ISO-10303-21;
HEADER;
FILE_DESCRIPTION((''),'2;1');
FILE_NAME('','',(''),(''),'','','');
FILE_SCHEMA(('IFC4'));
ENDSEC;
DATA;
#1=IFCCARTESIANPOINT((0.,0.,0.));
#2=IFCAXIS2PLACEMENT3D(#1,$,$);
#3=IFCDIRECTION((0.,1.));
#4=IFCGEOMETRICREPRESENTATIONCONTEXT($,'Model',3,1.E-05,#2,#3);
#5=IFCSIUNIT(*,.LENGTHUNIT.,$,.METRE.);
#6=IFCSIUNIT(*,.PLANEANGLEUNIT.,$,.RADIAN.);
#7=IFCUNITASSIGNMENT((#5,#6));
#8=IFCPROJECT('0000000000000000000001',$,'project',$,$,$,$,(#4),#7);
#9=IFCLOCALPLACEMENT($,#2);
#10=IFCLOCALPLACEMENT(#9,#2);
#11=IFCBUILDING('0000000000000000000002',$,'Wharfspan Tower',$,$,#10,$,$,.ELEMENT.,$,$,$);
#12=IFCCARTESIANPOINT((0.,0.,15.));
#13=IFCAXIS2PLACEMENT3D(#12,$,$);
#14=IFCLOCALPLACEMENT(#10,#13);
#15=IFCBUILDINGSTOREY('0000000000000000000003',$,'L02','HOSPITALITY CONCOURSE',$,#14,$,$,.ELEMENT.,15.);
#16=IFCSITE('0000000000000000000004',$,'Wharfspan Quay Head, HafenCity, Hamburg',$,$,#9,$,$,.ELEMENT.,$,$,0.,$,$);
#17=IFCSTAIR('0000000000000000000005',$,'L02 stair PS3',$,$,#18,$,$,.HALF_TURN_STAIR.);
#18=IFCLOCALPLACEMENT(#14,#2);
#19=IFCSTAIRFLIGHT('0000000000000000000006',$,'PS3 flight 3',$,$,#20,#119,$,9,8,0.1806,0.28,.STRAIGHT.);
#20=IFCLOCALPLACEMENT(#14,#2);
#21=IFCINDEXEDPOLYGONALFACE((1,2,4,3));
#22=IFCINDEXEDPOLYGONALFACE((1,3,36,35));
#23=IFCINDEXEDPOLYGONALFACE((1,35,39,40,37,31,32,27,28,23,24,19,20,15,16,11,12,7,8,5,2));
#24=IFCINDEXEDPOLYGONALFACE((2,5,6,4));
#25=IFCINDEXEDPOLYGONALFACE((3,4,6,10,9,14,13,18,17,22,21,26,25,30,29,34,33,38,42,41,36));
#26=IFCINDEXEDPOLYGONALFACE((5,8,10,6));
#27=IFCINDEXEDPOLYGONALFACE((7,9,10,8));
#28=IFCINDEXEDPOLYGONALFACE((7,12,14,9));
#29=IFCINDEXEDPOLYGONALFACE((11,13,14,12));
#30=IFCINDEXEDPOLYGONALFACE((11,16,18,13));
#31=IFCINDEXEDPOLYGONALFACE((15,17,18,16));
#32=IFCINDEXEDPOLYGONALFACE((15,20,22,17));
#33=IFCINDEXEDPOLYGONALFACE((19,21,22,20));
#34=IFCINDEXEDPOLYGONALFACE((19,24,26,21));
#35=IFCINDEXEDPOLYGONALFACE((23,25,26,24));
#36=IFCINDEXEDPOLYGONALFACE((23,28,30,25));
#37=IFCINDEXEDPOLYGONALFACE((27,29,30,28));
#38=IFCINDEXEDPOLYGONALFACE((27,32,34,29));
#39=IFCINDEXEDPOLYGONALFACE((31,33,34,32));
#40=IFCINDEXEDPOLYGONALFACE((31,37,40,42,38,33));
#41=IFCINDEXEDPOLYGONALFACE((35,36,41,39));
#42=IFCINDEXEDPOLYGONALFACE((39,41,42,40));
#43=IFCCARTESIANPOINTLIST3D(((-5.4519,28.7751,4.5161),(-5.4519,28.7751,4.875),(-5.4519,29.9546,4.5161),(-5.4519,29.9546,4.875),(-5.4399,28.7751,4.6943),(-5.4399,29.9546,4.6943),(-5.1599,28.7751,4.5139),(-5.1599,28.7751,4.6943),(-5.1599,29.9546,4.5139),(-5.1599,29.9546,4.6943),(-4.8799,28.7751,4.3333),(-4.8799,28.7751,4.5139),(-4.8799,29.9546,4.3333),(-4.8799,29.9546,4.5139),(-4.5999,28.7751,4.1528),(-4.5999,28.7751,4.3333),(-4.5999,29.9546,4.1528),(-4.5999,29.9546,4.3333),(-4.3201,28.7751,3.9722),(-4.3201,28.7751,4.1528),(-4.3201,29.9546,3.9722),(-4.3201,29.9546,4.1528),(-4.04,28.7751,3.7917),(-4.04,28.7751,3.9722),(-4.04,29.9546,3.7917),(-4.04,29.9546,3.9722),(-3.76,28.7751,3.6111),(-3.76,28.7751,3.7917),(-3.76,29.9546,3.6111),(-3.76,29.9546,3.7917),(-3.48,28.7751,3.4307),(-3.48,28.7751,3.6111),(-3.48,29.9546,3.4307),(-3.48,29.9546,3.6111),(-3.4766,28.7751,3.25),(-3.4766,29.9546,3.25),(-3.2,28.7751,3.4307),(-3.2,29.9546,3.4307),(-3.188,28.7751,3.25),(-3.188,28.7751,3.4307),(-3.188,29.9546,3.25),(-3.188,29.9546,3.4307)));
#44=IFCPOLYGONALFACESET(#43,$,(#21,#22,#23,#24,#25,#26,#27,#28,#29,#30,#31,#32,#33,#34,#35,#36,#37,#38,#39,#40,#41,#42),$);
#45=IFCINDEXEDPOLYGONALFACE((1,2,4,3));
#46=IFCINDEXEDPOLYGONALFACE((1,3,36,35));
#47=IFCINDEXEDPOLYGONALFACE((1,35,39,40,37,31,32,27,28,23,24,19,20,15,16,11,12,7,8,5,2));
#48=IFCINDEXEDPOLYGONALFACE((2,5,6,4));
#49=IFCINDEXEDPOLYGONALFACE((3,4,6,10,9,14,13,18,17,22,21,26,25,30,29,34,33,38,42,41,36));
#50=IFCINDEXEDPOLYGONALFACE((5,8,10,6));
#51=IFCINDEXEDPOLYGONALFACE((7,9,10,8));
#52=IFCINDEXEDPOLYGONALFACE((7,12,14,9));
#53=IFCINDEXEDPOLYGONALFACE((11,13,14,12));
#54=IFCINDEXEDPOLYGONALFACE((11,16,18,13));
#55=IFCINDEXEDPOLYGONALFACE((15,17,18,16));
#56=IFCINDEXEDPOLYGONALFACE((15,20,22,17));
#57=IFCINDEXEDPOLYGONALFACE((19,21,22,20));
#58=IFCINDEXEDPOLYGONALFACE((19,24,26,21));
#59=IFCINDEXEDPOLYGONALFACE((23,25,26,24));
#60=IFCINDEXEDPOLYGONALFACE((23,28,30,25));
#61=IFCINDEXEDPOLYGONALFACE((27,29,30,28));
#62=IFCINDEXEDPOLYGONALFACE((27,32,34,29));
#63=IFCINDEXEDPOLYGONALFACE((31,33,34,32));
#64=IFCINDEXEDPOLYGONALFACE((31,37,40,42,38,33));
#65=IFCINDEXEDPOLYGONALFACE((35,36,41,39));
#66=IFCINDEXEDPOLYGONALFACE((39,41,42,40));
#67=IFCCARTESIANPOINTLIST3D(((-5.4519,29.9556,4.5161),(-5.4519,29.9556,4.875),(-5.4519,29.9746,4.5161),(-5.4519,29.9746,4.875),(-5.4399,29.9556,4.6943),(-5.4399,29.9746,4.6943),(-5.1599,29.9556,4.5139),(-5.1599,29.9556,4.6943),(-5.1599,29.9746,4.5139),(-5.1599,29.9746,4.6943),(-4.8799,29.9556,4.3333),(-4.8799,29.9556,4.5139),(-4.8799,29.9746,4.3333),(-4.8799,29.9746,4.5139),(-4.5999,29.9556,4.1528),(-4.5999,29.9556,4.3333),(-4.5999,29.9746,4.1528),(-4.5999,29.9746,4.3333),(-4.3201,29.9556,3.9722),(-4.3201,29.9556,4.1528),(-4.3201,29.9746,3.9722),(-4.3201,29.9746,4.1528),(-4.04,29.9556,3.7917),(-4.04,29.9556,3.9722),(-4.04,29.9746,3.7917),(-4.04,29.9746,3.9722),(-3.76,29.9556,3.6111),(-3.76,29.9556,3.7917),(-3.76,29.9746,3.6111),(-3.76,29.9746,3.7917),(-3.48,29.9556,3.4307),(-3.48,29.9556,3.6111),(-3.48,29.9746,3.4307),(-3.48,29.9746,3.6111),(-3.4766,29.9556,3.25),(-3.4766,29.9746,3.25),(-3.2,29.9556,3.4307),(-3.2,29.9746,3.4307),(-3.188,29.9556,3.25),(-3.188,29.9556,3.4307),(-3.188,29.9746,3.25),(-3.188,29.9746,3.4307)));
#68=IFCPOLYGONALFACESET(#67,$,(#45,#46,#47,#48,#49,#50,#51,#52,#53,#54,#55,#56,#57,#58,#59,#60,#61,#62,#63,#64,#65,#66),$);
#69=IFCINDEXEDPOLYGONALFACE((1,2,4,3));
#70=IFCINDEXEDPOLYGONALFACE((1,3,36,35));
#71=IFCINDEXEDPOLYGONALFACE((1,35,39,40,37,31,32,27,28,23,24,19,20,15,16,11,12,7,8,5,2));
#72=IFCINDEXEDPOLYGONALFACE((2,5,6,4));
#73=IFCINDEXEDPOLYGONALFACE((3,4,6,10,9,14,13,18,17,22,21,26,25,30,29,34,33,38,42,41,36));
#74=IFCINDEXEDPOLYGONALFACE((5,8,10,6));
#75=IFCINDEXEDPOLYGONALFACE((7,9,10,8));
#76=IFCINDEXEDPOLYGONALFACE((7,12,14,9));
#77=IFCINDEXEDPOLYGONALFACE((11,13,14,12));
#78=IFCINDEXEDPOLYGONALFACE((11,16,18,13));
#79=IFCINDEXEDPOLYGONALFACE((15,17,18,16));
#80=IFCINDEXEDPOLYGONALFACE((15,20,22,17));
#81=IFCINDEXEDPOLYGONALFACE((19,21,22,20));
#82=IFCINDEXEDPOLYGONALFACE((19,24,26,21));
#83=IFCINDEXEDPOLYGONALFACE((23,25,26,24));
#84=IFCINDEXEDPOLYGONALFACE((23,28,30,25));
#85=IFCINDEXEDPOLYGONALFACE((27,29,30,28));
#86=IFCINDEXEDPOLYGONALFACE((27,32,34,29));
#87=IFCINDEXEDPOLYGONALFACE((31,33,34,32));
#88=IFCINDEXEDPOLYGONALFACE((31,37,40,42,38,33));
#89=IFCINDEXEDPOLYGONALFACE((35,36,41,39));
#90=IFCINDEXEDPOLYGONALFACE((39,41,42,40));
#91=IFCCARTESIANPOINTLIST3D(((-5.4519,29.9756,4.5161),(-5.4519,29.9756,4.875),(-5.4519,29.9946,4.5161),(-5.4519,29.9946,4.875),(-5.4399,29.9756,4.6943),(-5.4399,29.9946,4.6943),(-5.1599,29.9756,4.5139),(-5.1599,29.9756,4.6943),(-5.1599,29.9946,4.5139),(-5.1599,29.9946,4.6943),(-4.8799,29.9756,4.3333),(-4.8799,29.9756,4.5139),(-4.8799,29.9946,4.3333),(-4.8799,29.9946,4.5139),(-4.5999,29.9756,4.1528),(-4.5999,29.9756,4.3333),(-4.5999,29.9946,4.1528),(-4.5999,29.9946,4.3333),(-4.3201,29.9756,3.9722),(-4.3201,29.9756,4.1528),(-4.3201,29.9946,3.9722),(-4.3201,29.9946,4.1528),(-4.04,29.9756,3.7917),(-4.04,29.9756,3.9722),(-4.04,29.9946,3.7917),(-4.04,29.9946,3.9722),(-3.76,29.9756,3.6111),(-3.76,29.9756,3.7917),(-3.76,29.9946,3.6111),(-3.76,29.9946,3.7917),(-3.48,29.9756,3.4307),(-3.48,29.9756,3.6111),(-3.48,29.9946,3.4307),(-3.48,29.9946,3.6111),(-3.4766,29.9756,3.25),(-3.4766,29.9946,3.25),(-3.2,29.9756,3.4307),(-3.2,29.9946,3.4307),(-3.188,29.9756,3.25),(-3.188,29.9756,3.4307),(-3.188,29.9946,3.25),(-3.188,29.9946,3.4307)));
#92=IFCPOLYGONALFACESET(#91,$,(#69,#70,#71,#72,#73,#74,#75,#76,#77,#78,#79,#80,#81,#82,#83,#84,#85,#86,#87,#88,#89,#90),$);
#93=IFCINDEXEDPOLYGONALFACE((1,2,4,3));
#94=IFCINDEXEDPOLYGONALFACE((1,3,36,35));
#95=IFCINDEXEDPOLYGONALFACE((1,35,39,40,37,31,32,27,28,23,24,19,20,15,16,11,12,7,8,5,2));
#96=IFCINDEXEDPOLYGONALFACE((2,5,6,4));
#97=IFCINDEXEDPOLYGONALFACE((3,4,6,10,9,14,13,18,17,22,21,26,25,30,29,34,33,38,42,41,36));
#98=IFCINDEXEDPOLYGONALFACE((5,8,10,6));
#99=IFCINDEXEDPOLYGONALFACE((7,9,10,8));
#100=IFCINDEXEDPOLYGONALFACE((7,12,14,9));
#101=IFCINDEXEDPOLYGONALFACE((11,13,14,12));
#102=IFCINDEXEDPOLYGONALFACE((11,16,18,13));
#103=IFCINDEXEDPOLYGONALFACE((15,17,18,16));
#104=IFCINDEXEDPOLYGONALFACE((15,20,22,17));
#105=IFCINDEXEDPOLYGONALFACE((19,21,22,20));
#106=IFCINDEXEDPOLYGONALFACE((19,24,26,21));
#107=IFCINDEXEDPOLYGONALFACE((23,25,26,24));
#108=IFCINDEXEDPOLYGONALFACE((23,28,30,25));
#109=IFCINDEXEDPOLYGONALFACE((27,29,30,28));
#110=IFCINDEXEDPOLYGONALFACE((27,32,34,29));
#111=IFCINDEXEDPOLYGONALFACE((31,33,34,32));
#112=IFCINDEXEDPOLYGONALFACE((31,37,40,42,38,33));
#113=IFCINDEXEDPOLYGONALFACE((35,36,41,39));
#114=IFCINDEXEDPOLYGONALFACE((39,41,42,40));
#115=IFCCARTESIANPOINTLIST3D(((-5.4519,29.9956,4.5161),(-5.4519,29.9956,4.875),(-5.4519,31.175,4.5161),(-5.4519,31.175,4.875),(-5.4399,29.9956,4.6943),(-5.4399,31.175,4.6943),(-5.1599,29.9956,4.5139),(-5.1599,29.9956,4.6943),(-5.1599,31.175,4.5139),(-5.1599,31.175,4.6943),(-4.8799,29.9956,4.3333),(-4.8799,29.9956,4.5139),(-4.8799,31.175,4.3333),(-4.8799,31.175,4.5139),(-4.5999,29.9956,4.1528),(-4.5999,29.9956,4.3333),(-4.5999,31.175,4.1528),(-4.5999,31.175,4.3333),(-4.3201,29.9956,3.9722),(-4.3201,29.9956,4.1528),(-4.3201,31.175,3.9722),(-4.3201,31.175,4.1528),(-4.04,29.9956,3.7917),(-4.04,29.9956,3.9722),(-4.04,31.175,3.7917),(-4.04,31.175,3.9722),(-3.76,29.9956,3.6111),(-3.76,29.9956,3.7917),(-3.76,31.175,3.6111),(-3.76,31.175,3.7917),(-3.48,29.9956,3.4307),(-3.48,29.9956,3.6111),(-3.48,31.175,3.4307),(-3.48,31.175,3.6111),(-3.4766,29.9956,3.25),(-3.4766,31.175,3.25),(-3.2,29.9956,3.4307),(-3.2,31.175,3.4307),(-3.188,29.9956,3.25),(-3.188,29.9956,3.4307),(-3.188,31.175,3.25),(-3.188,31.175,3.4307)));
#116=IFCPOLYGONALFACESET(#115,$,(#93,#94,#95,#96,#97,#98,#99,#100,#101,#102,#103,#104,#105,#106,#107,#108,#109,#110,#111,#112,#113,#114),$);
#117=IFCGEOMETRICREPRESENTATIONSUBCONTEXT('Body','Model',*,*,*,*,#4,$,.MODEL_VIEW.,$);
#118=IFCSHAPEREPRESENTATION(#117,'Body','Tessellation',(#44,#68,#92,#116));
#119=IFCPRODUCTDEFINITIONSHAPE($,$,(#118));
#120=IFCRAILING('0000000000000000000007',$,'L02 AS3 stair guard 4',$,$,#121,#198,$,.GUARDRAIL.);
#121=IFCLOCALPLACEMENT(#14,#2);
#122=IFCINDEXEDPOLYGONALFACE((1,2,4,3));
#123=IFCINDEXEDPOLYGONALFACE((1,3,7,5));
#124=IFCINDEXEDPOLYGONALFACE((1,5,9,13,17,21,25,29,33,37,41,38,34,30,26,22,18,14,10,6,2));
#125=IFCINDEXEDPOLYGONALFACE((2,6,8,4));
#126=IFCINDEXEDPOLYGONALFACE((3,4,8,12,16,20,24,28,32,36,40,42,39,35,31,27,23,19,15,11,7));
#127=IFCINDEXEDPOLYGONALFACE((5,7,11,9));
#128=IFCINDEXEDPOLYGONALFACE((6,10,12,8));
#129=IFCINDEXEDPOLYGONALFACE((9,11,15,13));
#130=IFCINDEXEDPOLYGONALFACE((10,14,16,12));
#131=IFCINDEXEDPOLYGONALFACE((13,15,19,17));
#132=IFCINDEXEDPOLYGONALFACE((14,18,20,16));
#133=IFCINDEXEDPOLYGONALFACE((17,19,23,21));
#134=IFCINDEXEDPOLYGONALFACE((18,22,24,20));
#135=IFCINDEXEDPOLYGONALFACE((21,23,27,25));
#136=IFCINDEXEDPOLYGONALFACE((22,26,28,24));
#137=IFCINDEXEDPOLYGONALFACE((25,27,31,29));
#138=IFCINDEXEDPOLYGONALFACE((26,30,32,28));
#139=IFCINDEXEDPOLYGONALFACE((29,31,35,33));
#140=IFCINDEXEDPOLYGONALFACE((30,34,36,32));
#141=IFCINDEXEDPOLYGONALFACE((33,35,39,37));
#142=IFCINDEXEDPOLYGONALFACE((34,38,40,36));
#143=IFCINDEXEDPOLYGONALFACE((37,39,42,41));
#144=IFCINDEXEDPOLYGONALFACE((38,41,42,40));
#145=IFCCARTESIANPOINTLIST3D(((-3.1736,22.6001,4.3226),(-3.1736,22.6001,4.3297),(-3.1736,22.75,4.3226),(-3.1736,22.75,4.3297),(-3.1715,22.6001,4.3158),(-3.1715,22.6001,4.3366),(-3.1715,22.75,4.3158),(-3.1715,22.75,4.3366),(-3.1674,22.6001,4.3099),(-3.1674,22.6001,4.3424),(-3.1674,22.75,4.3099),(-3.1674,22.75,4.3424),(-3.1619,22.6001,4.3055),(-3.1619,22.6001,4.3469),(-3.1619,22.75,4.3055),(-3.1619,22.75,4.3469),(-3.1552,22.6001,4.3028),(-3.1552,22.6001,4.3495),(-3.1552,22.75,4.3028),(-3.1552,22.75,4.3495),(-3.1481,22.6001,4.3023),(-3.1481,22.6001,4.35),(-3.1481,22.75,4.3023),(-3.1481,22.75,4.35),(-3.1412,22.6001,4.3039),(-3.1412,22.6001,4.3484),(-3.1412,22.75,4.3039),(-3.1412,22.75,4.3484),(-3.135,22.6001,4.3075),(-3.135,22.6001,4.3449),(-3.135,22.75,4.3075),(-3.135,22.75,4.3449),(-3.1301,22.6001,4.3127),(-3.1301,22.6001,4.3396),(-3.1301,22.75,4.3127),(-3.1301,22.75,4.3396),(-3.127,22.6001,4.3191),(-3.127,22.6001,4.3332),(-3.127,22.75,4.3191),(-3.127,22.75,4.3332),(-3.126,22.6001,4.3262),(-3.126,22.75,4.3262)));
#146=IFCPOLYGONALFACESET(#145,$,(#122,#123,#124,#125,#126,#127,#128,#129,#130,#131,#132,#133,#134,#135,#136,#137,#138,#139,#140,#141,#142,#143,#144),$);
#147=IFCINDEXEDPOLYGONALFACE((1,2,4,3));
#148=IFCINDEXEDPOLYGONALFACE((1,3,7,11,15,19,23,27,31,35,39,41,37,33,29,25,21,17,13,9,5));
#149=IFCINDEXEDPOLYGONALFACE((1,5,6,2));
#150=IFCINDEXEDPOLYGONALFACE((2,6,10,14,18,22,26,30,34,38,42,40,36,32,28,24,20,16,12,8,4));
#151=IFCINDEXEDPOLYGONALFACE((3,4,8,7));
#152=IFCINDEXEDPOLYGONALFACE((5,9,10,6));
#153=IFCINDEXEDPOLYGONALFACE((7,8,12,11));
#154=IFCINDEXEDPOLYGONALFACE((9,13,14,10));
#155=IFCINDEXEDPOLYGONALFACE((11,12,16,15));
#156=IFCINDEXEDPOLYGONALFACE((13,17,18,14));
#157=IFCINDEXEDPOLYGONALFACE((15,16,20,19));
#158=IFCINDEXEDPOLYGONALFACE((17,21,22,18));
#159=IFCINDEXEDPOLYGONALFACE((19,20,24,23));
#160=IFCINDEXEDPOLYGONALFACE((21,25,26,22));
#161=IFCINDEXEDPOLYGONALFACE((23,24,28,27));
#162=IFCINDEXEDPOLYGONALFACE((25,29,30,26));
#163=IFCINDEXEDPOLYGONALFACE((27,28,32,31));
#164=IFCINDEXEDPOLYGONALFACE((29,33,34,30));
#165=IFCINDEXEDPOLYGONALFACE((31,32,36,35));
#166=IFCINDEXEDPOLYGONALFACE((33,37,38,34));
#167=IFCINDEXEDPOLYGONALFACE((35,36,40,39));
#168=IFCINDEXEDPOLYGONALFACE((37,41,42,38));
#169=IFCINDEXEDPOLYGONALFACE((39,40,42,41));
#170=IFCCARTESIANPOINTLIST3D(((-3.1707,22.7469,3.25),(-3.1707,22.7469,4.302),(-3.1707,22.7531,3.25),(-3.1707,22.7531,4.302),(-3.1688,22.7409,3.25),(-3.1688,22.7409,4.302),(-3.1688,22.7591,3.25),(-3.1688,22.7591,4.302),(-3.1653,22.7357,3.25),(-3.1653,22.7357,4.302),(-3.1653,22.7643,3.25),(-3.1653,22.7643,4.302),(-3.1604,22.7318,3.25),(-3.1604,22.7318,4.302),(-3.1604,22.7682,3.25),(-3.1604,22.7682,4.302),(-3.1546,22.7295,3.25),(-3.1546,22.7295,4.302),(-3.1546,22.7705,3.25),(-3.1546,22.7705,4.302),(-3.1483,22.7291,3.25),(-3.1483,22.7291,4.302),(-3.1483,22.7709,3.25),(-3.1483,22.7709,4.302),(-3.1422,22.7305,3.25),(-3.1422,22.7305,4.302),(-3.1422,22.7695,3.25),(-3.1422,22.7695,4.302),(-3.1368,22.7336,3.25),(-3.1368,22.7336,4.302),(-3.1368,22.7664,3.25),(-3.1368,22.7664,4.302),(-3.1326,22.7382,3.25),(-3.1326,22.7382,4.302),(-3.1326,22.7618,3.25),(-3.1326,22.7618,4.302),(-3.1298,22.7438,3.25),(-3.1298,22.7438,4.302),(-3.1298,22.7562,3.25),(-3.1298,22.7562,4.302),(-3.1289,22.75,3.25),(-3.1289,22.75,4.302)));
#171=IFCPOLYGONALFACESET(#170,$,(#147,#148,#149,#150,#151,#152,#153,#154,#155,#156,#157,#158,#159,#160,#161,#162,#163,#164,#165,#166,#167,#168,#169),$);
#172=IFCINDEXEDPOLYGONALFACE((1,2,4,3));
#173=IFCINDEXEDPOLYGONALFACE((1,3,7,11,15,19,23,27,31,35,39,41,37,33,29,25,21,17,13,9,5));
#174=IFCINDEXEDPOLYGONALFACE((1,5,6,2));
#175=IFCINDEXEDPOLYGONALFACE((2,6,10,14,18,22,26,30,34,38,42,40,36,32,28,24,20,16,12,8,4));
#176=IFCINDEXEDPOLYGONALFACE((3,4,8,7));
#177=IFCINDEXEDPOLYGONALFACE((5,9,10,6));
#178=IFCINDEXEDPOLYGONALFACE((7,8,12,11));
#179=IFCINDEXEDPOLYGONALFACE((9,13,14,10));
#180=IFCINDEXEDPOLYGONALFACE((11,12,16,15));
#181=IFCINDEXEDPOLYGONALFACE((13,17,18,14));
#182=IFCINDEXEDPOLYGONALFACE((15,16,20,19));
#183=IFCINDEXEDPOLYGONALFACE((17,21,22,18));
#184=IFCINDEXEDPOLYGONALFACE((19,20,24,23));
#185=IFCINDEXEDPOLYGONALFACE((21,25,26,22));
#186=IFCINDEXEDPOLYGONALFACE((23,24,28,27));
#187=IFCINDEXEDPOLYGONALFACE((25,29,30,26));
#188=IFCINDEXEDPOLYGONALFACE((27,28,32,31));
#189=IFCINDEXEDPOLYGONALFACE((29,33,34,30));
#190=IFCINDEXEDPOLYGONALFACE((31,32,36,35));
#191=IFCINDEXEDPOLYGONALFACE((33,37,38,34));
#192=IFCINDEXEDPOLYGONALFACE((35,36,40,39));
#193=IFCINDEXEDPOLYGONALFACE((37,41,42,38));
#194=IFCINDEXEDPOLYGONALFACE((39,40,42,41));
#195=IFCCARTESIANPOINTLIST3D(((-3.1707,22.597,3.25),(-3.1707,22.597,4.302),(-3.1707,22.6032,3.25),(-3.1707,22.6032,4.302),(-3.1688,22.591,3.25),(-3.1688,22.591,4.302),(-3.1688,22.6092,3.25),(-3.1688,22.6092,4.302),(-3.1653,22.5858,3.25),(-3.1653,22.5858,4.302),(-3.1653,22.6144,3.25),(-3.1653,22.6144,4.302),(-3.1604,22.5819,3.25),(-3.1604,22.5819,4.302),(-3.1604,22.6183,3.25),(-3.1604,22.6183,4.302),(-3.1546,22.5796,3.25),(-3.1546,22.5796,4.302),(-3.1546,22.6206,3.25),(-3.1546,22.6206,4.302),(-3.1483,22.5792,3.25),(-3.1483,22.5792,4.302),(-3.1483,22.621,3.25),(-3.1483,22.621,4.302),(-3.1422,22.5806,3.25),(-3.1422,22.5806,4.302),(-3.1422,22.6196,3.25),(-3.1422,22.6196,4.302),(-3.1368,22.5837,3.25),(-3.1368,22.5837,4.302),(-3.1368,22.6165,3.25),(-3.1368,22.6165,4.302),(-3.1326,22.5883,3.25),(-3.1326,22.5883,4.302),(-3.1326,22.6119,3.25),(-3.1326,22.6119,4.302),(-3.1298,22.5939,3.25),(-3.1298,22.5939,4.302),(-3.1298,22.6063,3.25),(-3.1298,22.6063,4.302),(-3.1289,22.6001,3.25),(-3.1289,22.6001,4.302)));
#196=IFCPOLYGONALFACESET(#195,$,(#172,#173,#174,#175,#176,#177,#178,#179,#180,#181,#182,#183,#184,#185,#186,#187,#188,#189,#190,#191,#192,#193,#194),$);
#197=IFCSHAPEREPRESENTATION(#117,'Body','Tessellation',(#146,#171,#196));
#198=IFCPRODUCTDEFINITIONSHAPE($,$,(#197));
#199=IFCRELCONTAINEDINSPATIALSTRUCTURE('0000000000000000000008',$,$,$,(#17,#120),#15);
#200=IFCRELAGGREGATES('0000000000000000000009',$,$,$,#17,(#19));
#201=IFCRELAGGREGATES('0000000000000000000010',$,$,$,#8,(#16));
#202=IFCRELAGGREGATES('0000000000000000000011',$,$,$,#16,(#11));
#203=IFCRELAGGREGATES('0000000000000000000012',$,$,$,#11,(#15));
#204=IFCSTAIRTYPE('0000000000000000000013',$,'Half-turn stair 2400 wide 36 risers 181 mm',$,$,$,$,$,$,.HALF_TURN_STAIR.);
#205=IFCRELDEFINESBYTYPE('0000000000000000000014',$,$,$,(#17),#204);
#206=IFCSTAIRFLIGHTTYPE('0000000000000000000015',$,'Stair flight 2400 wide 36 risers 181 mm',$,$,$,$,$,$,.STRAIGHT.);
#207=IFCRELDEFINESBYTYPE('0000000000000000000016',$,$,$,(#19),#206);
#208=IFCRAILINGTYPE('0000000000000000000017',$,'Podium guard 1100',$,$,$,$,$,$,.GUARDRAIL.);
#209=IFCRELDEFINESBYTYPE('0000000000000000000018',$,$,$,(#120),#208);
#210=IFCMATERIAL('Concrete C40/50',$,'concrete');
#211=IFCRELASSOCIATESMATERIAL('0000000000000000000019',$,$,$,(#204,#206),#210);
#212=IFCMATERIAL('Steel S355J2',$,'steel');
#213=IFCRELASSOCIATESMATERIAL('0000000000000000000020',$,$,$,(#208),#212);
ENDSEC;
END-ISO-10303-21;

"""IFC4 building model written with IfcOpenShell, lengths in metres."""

from ifc_helpers import new_model, si_unit, direction, frame, origin, origin_2d, place, context, subcontext, project, spatial, polyline, circle, outline, extrude, material, type_object, element, aggregate, save


model = new_model("IFC4")

# Units and contexts
model_context = context("Model", 3, precision=1e-05, world=origin(), true_north=direction((0.0, 1.0)))
body_context = subcontext(model_context, "Body", "Model", "MODEL_VIEW")
ifc_project = project(units=[si_unit("LENGTHUNIT", "METRE"), si_unit("PLANEANGLEUNIT", "RADIAN")], contexts=[model_context])

# Site, building, storey
site_placement = place(None, origin())
site = spatial("IfcSite", under=ifc_project, at=site_placement, Name="Wharfspan Quay Head, HafenCity, Hamburg", CompositionType="ELEMENT", RefElevation=0.0)
building_placement = place(site_placement, origin())
building = spatial("IfcBuilding", under=site, at=building_placement, Name="Wharfspan Tower", CompositionType="ELEMENT")
storey_placement = place(building_placement, frame((0.0, 0.0, 15.0)))
storey = spatial("IfcBuildingStorey", under=building, at=storey_placement, Name="L02", Description="HOSPITALITY CONCOURSE", CompositionType="ELEMENT", Elevation=15.0)

# Shared definitions
ifc_material_1 = material(Name="Concrete C40/50", Category="concrete")

# Stair, stair flight
stair_type = type_object("IfcStairType", Name="Half-turn stair 2400 wide 36 risers 181 mm", PredefinedType="HALF_TURN_STAIR", material=ifc_material_1)
stair_placement = place(storey_placement, origin())
stair = element("IfcStair", 1, at=stair_placement, inside=storey, type_object=stair_type, Name="L02 stair PS3", PredefinedType="HALF_TURN_STAIR")
stair_flight_type = type_object("IfcStairFlightType", Name="Stair flight 2400 wide 36 risers 181 mm", PredefinedType="STRAIGHT", material=ifc_material_1)
stair_flight_1_placement = place(storey_placement, frame((-3.2, 29.9751, 3.25), z_axis=(0.0, 0.0, 1.0), x_axis=(-1.0, 0.0, 0.0)))
stair_flight_1 = element("IfcStairFlight", 2, at=stair_flight_1_placement, type_object=stair_flight_type, Name="PS3 flight 3", NumberOfRisers=9, NumberOfTreads=8, PredefinedType="STRAIGHT", RiserHeight=0.1806, TreadLength=0.28, context=body_context, shape_type="SweptSolid", body=[
    extrude(outline(polyline([(-0.012, 0.0), (-0.012, 0.1807), (0.0, 0.1807), (0.28, 0.1807), (0.28, 0.3611), (0.5601, 0.3611), (0.5601, 0.5417), (0.8401, 0.5417), (0.8401, 0.7222), (1.1201, 0.7222), (1.1201, 0.9028), (1.3999, 0.9028), (1.3999, 1.0833), (1.6799, 1.0833), (1.6799, 1.2639), (1.96, 1.2639), (1.96, 1.4443), (2.24, 1.4443), (2.252, 1.625), (2.252, 1.2661), (0.2766, 0.0), (-0.012, 0.0)])), frame((0.0, 1.2, 0.0), z_axis=(0.0, -1.0, 0.0), x_axis=(1.0, 0.0, 0.0)), (0.0, 0.0, 1.0), 1.1794),
    extrude(outline(polyline([(-0.012, 0.0), (-0.012, 0.1807), (0.0, 0.1807), (0.28, 0.1807), (0.28, 0.3611), (0.5601, 0.3611), (0.5601, 0.5417), (0.8401, 0.5417), (0.8401, 0.7222), (1.1201, 0.7222), (1.1201, 0.9028), (1.3999, 0.9028), (1.3999, 1.0833), (1.6799, 1.0833), (1.6799, 1.2639), (1.96, 1.2639), (1.96, 1.4443), (2.24, 1.4443), (2.252, 1.625), (2.252, 1.2661), (0.2766, 0.0), (-0.012, 0.0)])), frame((0.0, 0.0195, 0.0), z_axis=(0.0, -1.0, 0.0), x_axis=(1.0, 0.0, 0.0)), (0.0, 0.0, 1.0), 0.019),
    extrude(outline(polyline([(-0.012, 0.0), (-0.012, 0.1807), (0.0, 0.1807), (0.28, 0.1807), (0.28, 0.3611), (0.5601, 0.3611), (0.5601, 0.5417), (0.8401, 0.5417), (0.8401, 0.7222), (1.1201, 0.7222), (1.1201, 0.9028), (1.3999, 0.9028), (1.3999, 1.0833), (1.6799, 1.0833), (1.6799, 1.2639), (1.96, 1.2639), (1.96, 1.4443), (2.24, 1.4443), (2.252, 1.625), (2.252, 1.2661), (0.2766, 0.0), (-0.012, 0.0)])), frame((0.0, -0.0005, 0.0), z_axis=(0.0, -1.0, 0.0), x_axis=(1.0, 0.0, 0.0)), (0.0, 0.0, 1.0), 0.019),
    extrude(outline(polyline([(-0.012, 0.0), (-0.012, 0.1807), (0.0, 0.1807), (0.28, 0.1807), (0.28, 0.3611), (0.5601, 0.3611), (0.5601, 0.5417), (0.8401, 0.5417), (0.8401, 0.7222), (1.1201, 0.7222), (1.1201, 0.9028), (1.3999, 0.9028), (1.3999, 1.0833), (1.6799, 1.0833), (1.6799, 1.2639), (1.96, 1.2639), (1.96, 1.4443), (2.24, 1.4443), (2.252, 1.625), (2.252, 1.2661), (0.2766, 0.0), (-0.012, 0.0)])), frame((0.0, -0.0205, 0.0), z_axis=(0.0, -1.0, 0.0), x_axis=(1.0, 0.0, 0.0)), (0.0, 0.0, 1.0), 1.1794),
])
aggregate(stair, [stair_flight_1])

# Railing
ifc_material_2 = material(Name="Steel S355J2", Category="steel")
railing_type = type_object("IfcRailingType", Name="Podium guard 1100", PredefinedType="GUARDRAIL", material=ifc_material_2)
for number, where, name in (
    (3, (-3.1499, 22.75, 3.25), "L02 AS3 stair guard 4"),
):
    element("IfcRailing", number, at=place(storey_placement, frame(where)), inside=storey, type_object=railing_type, Name=name, PredefinedType="GUARDRAIL", context=body_context, shape_type="SweptSolid", body=[
        extrude(circle(Radius=0.0239, at=origin_2d()), frame((0.0, 0.0, 1.0762), z_axis=(0.0, -1.0, 0.0), x_axis=(1.0, 0.0, 0.0)), (0.0, 0.0, 1.0), 0.1499),
        extrude(circle(Radius=0.021, at=origin_2d()), origin(), (0.0, 0.0, 1.0), 1.052),
        extrude(circle(Radius=0.021, at=origin_2d()), frame((0.0, -0.1499, 0.0)), (0.0, 0.0, 1.0), 1.052),
    ])

save(model, "model.ifc")
